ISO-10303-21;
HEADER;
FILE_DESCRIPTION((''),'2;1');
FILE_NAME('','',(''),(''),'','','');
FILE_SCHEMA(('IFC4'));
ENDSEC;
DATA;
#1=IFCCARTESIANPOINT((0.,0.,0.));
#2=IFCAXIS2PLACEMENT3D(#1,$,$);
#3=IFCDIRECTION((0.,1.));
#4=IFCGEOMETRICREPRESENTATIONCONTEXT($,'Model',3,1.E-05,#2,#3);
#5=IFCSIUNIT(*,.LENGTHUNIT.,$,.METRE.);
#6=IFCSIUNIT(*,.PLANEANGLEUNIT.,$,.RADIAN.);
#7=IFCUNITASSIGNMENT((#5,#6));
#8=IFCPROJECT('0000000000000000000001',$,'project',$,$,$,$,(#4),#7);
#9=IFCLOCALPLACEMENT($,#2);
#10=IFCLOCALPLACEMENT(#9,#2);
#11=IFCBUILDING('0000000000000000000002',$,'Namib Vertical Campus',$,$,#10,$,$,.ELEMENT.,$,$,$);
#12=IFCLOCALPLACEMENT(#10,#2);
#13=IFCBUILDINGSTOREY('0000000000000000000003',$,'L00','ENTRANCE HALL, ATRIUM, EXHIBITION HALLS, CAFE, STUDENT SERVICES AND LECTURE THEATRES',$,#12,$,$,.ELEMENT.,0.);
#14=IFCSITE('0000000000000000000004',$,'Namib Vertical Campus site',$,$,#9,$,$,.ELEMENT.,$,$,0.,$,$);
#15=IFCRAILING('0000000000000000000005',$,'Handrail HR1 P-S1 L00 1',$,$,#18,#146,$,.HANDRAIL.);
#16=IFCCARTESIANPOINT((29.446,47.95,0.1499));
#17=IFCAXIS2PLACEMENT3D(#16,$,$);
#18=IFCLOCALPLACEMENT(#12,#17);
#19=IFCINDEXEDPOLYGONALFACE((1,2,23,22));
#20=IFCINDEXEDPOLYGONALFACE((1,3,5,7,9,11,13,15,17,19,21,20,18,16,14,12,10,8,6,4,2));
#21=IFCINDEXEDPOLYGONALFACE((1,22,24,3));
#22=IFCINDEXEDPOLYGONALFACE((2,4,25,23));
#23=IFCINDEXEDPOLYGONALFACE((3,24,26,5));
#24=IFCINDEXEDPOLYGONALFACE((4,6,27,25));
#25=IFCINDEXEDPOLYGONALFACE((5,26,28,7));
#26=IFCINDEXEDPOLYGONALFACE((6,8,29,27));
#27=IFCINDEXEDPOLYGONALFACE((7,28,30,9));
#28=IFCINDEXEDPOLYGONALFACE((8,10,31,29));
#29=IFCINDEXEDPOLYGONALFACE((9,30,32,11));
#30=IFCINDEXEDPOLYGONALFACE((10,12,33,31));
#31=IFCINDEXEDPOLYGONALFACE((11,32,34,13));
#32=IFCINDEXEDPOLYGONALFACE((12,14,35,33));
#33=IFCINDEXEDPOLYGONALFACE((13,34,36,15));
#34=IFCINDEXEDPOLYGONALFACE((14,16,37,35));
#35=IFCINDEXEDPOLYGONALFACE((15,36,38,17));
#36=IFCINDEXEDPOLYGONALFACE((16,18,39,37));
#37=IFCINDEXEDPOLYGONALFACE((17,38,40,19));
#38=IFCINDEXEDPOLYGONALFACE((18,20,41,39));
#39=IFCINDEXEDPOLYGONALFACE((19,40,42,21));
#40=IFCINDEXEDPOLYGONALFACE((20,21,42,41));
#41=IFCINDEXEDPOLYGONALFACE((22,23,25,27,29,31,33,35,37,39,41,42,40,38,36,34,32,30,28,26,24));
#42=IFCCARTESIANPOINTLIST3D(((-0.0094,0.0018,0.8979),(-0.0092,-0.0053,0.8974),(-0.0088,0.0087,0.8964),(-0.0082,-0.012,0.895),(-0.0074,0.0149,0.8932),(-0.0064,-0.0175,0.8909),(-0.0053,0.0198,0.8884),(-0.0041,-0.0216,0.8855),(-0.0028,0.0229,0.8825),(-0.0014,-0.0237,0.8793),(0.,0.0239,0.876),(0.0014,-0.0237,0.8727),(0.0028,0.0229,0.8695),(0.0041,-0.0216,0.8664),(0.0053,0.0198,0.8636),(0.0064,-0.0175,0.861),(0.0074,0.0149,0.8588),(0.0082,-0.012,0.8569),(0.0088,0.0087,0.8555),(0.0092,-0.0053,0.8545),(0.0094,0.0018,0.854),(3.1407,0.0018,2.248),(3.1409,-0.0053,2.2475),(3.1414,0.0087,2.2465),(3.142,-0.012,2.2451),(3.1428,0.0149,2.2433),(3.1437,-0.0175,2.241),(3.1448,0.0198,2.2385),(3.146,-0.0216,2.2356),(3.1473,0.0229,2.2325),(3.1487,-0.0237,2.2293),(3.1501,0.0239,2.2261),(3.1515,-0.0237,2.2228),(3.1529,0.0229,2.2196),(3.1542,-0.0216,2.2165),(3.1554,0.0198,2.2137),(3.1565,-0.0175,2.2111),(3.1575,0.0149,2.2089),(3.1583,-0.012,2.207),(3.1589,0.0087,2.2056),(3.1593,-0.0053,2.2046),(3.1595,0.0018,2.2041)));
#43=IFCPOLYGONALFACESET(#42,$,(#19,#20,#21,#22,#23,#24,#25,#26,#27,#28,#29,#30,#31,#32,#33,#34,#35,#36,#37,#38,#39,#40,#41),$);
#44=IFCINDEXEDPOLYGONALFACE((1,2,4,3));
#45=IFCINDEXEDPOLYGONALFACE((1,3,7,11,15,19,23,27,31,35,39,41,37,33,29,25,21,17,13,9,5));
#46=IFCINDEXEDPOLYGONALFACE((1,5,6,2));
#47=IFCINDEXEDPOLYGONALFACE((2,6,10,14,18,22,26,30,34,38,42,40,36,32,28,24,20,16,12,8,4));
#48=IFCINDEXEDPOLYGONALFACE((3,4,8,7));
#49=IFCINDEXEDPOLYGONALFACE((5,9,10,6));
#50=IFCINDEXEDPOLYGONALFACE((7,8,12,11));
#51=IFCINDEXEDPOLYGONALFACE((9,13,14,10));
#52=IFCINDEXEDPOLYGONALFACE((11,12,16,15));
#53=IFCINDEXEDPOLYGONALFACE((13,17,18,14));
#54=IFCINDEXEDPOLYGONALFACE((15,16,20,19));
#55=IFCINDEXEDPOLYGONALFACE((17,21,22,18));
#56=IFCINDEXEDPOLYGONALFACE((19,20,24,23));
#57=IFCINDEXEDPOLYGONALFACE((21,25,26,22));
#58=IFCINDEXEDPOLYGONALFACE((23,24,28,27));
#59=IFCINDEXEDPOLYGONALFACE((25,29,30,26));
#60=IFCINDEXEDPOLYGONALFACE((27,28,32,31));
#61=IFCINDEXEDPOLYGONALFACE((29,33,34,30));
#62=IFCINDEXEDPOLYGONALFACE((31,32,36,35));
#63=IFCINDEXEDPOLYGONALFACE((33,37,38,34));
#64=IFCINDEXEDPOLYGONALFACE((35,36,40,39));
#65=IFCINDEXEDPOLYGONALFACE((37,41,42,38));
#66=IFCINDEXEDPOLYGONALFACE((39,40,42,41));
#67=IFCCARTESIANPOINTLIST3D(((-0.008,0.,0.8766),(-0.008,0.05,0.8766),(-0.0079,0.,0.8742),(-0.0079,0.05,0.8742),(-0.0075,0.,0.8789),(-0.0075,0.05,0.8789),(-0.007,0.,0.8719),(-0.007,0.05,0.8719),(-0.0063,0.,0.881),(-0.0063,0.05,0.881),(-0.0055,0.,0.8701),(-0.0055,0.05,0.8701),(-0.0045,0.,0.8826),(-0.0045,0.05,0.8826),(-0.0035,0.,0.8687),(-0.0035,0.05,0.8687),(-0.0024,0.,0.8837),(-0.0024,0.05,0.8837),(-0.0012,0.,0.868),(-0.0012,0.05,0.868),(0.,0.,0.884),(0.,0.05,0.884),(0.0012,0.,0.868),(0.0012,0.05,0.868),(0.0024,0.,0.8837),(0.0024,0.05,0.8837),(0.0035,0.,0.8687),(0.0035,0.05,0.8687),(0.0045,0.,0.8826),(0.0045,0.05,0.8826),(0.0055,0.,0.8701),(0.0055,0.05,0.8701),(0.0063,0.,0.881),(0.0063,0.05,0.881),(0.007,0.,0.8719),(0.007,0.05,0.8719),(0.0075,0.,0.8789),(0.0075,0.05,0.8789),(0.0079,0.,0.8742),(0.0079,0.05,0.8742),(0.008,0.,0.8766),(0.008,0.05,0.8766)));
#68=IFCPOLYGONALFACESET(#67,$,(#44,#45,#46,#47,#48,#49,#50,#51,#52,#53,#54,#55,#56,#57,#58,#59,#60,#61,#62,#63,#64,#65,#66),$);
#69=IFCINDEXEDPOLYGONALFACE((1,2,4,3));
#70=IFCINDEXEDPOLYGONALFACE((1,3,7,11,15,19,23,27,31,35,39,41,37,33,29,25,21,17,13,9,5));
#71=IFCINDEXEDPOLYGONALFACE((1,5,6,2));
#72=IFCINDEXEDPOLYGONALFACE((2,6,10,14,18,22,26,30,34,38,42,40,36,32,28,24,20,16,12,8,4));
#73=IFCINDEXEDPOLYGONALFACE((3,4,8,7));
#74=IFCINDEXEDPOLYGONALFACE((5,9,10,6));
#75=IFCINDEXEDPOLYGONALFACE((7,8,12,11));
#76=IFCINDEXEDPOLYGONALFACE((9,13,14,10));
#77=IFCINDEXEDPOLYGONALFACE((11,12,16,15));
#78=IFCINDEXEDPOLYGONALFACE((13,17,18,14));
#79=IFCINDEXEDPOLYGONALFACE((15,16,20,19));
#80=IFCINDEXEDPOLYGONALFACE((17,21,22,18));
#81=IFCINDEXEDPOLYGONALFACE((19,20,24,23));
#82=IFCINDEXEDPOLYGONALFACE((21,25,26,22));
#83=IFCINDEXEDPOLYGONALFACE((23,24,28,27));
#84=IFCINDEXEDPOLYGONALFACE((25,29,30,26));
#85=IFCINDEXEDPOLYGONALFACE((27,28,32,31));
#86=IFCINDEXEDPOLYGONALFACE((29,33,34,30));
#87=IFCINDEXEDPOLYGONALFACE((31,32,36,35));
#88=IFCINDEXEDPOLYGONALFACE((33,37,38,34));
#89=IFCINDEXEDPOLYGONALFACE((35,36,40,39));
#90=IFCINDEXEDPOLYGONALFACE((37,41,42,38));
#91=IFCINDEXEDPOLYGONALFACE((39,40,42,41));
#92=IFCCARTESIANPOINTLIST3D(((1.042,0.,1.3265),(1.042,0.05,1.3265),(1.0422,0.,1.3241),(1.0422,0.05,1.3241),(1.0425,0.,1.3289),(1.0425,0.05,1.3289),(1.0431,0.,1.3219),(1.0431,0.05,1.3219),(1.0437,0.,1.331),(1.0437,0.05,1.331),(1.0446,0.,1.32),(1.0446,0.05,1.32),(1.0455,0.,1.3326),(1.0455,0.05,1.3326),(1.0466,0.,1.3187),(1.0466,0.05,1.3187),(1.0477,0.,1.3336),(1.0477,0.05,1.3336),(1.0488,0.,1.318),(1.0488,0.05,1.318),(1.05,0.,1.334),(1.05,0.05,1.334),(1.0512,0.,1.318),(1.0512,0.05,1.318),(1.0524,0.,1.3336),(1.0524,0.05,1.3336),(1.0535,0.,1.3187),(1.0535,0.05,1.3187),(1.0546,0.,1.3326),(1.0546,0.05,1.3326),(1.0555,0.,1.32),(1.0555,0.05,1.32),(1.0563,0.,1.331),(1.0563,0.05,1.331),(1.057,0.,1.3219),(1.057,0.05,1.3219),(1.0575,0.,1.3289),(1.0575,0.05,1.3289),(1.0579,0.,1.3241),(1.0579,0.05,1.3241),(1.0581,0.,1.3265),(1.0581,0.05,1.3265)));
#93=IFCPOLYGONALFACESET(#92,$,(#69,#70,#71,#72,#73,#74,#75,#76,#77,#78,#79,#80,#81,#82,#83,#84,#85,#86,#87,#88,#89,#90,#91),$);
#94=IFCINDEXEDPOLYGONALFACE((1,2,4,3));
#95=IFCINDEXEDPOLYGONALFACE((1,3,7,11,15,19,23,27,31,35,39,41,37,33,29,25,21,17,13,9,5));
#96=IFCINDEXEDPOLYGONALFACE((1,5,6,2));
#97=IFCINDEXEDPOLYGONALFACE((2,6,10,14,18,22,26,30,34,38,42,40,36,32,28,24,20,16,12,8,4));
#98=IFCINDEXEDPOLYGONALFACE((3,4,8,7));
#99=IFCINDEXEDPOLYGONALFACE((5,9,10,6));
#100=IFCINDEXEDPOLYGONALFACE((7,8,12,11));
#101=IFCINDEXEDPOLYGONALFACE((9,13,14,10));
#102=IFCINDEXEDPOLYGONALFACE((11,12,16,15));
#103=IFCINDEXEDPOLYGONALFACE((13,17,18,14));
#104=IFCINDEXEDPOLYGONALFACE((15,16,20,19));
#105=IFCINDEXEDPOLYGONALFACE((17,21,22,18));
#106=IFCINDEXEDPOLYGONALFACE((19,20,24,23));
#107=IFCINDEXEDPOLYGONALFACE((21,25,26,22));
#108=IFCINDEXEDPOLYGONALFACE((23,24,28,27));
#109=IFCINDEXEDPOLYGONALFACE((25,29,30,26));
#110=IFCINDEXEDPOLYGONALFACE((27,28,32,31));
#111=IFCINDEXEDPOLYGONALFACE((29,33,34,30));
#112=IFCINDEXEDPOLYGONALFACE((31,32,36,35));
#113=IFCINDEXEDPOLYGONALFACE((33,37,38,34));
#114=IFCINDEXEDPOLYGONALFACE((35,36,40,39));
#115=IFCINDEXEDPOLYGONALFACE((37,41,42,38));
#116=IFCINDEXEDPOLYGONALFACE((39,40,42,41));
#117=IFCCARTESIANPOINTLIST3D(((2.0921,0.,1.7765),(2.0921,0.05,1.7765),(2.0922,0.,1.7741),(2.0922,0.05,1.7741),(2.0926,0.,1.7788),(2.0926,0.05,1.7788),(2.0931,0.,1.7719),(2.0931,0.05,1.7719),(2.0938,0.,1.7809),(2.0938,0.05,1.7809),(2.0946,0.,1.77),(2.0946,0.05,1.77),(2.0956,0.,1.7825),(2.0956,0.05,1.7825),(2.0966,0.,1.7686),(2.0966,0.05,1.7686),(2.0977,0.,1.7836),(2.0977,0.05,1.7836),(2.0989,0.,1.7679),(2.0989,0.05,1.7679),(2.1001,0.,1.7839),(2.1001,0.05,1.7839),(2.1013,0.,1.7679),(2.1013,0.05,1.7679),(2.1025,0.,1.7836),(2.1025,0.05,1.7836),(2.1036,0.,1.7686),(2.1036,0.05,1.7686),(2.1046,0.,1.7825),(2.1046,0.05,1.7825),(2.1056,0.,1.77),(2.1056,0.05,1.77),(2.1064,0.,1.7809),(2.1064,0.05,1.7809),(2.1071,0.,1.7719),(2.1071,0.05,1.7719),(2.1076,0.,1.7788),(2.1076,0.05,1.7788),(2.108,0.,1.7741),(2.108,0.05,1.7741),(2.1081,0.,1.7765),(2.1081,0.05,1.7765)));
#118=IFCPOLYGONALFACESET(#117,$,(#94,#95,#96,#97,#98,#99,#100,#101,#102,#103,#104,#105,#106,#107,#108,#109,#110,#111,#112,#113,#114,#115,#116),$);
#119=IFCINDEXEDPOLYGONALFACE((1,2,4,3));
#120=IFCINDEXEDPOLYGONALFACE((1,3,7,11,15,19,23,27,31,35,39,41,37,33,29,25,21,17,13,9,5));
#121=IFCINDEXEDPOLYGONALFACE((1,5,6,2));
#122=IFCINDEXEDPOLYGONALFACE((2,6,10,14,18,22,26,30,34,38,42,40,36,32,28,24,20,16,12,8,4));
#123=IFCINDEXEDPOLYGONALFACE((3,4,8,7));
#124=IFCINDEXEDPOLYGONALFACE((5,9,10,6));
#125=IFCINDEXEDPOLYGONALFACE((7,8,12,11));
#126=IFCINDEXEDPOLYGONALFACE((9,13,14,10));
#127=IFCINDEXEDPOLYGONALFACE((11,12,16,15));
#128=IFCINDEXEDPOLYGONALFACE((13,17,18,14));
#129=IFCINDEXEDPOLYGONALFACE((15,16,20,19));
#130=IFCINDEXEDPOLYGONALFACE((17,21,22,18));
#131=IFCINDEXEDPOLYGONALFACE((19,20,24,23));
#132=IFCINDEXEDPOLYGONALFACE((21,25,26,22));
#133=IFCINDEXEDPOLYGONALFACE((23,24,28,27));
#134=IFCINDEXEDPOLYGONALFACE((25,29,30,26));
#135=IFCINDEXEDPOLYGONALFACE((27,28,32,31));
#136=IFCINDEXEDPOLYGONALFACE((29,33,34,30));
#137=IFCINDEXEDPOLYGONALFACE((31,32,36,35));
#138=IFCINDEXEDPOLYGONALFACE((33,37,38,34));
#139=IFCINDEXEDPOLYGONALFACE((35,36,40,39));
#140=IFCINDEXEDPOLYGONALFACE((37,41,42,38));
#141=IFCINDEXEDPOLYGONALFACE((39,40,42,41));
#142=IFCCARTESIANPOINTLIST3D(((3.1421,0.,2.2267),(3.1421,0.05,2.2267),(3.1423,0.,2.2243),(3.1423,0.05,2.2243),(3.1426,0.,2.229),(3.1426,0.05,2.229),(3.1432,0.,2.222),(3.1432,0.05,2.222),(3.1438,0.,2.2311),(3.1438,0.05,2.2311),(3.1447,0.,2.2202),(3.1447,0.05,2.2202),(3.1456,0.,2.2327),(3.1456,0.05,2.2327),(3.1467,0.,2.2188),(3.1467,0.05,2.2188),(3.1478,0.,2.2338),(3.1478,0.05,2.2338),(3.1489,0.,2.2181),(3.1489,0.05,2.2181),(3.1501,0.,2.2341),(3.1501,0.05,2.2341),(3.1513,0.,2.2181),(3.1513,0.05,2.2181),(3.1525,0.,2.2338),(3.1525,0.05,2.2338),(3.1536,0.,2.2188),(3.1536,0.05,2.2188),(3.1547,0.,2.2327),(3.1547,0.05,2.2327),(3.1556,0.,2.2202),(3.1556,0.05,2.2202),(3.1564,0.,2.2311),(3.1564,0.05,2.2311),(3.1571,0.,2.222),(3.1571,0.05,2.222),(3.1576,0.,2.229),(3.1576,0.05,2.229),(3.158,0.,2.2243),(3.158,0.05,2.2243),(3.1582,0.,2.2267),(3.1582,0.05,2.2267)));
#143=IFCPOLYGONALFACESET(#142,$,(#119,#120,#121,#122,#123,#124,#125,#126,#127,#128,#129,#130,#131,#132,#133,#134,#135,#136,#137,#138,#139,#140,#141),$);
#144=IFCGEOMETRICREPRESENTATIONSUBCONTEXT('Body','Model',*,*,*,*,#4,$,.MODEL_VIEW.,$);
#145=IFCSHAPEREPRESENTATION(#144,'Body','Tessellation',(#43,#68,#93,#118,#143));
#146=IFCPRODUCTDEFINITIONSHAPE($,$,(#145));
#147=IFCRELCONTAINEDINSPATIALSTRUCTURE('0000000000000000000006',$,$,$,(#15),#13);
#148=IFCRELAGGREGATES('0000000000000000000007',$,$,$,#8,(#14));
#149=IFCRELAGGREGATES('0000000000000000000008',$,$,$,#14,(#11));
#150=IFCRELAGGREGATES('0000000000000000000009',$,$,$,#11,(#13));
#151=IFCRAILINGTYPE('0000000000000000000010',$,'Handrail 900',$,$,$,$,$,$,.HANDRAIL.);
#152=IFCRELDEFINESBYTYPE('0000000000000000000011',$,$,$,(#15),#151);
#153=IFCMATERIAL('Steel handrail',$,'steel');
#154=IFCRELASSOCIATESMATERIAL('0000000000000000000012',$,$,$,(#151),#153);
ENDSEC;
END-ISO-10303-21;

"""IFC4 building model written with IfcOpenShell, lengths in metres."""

from ifc_helpers import new_model, si_unit, direction, frame, origin, origin_2d, place, context, subcontext, project, spatial, circle, extrude, material, type_object, element, save


model = new_model("IFC4")

# Units and contexts
model_context = context("Model", 3, precision=1e-05, world=origin(), true_north=direction((0.0, 1.0)))
body_context = subcontext(model_context, "Body", "Model", "MODEL_VIEW")
ifc_project = project(units=[si_unit("LENGTHUNIT", "METRE"), si_unit("PLANEANGLEUNIT", "RADIAN")], contexts=[model_context])

# Site, building, storey
site_placement = place(None, origin())
site = spatial("IfcSite", under=ifc_project, at=site_placement, Name="Namib Vertical Campus site", CompositionType="ELEMENT", RefElevation=0.0)
building_placement = place(site_placement, origin())
building = spatial("IfcBuilding", under=site, at=building_placement, Name="Namib Vertical Campus", CompositionType="ELEMENT")
storey_placement = place(building_placement, origin())
storey = spatial("IfcBuildingStorey", under=building, at=storey_placement, Name="L00", Description="ENTRANCE HALL, ATRIUM, EXHIBITION HALLS, CAFE, STUDENT SERVICES AND LECTURE THEATRES", CompositionType="ELEMENT", Elevation=0.0)

# Railing
ifc_material_1 = material(Name="Steel handrail", Category="steel")
railing_type = type_object("IfcRailingType", Name="Handrail 900", PredefinedType="HANDRAIL", material=ifc_material_1)
railing_1_placement = place(storey_placement, frame((29.446, 47.95, 0.1499)))
element("IfcRailing", 1, at=railing_1_placement, inside=storey, type_object=railing_type, Name="Handrail HR1 P-S1 L00 1", PredefinedType="HANDRAIL", context=body_context, shape_type="SweptSolid", body=[
    extrude(circle(Radius=0.0239, at=origin_2d()), frame((0.0, 0.0, 0.876), z_axis=(0.919141, 0.0, 0.393928), x_axis=(0.0, 1.0, 0.0)), (0.0, 0.0, 1.0), 3.4272),
    extrude(circle(Radius=0.0081, at=origin_2d()), frame((0.0, 0.0, 0.876), z_axis=(0.0, 1.0, 0.0), x_axis=(0.0, 0.0, 1.0)), (0.0, 0.0, 1.0), 0.05),
    extrude(circle(Radius=0.0081, at=origin_2d()), frame((1.05, 0.0, 1.3259), z_axis=(0.0, 1.0, 0.0), x_axis=(0.0, 0.0, 1.0)), (0.0, 0.0, 1.0), 0.05),
    extrude(circle(Radius=0.0081, at=origin_2d()), frame((2.1001, 0.0, 1.7759), z_axis=(0.0, 1.0, 0.0), x_axis=(0.0, 0.0, 1.0)), (0.0, 0.0, 1.0), 0.05),
    extrude(circle(Radius=0.0081, at=origin_2d()), frame((3.1501, 0.0, 2.2261), z_axis=(0.0, 1.0, 0.0), x_axis=(0.0, 0.0, 1.0)), (0.0, 0.0, 1.0), 0.05),
])

save(model, "model.ifc")
